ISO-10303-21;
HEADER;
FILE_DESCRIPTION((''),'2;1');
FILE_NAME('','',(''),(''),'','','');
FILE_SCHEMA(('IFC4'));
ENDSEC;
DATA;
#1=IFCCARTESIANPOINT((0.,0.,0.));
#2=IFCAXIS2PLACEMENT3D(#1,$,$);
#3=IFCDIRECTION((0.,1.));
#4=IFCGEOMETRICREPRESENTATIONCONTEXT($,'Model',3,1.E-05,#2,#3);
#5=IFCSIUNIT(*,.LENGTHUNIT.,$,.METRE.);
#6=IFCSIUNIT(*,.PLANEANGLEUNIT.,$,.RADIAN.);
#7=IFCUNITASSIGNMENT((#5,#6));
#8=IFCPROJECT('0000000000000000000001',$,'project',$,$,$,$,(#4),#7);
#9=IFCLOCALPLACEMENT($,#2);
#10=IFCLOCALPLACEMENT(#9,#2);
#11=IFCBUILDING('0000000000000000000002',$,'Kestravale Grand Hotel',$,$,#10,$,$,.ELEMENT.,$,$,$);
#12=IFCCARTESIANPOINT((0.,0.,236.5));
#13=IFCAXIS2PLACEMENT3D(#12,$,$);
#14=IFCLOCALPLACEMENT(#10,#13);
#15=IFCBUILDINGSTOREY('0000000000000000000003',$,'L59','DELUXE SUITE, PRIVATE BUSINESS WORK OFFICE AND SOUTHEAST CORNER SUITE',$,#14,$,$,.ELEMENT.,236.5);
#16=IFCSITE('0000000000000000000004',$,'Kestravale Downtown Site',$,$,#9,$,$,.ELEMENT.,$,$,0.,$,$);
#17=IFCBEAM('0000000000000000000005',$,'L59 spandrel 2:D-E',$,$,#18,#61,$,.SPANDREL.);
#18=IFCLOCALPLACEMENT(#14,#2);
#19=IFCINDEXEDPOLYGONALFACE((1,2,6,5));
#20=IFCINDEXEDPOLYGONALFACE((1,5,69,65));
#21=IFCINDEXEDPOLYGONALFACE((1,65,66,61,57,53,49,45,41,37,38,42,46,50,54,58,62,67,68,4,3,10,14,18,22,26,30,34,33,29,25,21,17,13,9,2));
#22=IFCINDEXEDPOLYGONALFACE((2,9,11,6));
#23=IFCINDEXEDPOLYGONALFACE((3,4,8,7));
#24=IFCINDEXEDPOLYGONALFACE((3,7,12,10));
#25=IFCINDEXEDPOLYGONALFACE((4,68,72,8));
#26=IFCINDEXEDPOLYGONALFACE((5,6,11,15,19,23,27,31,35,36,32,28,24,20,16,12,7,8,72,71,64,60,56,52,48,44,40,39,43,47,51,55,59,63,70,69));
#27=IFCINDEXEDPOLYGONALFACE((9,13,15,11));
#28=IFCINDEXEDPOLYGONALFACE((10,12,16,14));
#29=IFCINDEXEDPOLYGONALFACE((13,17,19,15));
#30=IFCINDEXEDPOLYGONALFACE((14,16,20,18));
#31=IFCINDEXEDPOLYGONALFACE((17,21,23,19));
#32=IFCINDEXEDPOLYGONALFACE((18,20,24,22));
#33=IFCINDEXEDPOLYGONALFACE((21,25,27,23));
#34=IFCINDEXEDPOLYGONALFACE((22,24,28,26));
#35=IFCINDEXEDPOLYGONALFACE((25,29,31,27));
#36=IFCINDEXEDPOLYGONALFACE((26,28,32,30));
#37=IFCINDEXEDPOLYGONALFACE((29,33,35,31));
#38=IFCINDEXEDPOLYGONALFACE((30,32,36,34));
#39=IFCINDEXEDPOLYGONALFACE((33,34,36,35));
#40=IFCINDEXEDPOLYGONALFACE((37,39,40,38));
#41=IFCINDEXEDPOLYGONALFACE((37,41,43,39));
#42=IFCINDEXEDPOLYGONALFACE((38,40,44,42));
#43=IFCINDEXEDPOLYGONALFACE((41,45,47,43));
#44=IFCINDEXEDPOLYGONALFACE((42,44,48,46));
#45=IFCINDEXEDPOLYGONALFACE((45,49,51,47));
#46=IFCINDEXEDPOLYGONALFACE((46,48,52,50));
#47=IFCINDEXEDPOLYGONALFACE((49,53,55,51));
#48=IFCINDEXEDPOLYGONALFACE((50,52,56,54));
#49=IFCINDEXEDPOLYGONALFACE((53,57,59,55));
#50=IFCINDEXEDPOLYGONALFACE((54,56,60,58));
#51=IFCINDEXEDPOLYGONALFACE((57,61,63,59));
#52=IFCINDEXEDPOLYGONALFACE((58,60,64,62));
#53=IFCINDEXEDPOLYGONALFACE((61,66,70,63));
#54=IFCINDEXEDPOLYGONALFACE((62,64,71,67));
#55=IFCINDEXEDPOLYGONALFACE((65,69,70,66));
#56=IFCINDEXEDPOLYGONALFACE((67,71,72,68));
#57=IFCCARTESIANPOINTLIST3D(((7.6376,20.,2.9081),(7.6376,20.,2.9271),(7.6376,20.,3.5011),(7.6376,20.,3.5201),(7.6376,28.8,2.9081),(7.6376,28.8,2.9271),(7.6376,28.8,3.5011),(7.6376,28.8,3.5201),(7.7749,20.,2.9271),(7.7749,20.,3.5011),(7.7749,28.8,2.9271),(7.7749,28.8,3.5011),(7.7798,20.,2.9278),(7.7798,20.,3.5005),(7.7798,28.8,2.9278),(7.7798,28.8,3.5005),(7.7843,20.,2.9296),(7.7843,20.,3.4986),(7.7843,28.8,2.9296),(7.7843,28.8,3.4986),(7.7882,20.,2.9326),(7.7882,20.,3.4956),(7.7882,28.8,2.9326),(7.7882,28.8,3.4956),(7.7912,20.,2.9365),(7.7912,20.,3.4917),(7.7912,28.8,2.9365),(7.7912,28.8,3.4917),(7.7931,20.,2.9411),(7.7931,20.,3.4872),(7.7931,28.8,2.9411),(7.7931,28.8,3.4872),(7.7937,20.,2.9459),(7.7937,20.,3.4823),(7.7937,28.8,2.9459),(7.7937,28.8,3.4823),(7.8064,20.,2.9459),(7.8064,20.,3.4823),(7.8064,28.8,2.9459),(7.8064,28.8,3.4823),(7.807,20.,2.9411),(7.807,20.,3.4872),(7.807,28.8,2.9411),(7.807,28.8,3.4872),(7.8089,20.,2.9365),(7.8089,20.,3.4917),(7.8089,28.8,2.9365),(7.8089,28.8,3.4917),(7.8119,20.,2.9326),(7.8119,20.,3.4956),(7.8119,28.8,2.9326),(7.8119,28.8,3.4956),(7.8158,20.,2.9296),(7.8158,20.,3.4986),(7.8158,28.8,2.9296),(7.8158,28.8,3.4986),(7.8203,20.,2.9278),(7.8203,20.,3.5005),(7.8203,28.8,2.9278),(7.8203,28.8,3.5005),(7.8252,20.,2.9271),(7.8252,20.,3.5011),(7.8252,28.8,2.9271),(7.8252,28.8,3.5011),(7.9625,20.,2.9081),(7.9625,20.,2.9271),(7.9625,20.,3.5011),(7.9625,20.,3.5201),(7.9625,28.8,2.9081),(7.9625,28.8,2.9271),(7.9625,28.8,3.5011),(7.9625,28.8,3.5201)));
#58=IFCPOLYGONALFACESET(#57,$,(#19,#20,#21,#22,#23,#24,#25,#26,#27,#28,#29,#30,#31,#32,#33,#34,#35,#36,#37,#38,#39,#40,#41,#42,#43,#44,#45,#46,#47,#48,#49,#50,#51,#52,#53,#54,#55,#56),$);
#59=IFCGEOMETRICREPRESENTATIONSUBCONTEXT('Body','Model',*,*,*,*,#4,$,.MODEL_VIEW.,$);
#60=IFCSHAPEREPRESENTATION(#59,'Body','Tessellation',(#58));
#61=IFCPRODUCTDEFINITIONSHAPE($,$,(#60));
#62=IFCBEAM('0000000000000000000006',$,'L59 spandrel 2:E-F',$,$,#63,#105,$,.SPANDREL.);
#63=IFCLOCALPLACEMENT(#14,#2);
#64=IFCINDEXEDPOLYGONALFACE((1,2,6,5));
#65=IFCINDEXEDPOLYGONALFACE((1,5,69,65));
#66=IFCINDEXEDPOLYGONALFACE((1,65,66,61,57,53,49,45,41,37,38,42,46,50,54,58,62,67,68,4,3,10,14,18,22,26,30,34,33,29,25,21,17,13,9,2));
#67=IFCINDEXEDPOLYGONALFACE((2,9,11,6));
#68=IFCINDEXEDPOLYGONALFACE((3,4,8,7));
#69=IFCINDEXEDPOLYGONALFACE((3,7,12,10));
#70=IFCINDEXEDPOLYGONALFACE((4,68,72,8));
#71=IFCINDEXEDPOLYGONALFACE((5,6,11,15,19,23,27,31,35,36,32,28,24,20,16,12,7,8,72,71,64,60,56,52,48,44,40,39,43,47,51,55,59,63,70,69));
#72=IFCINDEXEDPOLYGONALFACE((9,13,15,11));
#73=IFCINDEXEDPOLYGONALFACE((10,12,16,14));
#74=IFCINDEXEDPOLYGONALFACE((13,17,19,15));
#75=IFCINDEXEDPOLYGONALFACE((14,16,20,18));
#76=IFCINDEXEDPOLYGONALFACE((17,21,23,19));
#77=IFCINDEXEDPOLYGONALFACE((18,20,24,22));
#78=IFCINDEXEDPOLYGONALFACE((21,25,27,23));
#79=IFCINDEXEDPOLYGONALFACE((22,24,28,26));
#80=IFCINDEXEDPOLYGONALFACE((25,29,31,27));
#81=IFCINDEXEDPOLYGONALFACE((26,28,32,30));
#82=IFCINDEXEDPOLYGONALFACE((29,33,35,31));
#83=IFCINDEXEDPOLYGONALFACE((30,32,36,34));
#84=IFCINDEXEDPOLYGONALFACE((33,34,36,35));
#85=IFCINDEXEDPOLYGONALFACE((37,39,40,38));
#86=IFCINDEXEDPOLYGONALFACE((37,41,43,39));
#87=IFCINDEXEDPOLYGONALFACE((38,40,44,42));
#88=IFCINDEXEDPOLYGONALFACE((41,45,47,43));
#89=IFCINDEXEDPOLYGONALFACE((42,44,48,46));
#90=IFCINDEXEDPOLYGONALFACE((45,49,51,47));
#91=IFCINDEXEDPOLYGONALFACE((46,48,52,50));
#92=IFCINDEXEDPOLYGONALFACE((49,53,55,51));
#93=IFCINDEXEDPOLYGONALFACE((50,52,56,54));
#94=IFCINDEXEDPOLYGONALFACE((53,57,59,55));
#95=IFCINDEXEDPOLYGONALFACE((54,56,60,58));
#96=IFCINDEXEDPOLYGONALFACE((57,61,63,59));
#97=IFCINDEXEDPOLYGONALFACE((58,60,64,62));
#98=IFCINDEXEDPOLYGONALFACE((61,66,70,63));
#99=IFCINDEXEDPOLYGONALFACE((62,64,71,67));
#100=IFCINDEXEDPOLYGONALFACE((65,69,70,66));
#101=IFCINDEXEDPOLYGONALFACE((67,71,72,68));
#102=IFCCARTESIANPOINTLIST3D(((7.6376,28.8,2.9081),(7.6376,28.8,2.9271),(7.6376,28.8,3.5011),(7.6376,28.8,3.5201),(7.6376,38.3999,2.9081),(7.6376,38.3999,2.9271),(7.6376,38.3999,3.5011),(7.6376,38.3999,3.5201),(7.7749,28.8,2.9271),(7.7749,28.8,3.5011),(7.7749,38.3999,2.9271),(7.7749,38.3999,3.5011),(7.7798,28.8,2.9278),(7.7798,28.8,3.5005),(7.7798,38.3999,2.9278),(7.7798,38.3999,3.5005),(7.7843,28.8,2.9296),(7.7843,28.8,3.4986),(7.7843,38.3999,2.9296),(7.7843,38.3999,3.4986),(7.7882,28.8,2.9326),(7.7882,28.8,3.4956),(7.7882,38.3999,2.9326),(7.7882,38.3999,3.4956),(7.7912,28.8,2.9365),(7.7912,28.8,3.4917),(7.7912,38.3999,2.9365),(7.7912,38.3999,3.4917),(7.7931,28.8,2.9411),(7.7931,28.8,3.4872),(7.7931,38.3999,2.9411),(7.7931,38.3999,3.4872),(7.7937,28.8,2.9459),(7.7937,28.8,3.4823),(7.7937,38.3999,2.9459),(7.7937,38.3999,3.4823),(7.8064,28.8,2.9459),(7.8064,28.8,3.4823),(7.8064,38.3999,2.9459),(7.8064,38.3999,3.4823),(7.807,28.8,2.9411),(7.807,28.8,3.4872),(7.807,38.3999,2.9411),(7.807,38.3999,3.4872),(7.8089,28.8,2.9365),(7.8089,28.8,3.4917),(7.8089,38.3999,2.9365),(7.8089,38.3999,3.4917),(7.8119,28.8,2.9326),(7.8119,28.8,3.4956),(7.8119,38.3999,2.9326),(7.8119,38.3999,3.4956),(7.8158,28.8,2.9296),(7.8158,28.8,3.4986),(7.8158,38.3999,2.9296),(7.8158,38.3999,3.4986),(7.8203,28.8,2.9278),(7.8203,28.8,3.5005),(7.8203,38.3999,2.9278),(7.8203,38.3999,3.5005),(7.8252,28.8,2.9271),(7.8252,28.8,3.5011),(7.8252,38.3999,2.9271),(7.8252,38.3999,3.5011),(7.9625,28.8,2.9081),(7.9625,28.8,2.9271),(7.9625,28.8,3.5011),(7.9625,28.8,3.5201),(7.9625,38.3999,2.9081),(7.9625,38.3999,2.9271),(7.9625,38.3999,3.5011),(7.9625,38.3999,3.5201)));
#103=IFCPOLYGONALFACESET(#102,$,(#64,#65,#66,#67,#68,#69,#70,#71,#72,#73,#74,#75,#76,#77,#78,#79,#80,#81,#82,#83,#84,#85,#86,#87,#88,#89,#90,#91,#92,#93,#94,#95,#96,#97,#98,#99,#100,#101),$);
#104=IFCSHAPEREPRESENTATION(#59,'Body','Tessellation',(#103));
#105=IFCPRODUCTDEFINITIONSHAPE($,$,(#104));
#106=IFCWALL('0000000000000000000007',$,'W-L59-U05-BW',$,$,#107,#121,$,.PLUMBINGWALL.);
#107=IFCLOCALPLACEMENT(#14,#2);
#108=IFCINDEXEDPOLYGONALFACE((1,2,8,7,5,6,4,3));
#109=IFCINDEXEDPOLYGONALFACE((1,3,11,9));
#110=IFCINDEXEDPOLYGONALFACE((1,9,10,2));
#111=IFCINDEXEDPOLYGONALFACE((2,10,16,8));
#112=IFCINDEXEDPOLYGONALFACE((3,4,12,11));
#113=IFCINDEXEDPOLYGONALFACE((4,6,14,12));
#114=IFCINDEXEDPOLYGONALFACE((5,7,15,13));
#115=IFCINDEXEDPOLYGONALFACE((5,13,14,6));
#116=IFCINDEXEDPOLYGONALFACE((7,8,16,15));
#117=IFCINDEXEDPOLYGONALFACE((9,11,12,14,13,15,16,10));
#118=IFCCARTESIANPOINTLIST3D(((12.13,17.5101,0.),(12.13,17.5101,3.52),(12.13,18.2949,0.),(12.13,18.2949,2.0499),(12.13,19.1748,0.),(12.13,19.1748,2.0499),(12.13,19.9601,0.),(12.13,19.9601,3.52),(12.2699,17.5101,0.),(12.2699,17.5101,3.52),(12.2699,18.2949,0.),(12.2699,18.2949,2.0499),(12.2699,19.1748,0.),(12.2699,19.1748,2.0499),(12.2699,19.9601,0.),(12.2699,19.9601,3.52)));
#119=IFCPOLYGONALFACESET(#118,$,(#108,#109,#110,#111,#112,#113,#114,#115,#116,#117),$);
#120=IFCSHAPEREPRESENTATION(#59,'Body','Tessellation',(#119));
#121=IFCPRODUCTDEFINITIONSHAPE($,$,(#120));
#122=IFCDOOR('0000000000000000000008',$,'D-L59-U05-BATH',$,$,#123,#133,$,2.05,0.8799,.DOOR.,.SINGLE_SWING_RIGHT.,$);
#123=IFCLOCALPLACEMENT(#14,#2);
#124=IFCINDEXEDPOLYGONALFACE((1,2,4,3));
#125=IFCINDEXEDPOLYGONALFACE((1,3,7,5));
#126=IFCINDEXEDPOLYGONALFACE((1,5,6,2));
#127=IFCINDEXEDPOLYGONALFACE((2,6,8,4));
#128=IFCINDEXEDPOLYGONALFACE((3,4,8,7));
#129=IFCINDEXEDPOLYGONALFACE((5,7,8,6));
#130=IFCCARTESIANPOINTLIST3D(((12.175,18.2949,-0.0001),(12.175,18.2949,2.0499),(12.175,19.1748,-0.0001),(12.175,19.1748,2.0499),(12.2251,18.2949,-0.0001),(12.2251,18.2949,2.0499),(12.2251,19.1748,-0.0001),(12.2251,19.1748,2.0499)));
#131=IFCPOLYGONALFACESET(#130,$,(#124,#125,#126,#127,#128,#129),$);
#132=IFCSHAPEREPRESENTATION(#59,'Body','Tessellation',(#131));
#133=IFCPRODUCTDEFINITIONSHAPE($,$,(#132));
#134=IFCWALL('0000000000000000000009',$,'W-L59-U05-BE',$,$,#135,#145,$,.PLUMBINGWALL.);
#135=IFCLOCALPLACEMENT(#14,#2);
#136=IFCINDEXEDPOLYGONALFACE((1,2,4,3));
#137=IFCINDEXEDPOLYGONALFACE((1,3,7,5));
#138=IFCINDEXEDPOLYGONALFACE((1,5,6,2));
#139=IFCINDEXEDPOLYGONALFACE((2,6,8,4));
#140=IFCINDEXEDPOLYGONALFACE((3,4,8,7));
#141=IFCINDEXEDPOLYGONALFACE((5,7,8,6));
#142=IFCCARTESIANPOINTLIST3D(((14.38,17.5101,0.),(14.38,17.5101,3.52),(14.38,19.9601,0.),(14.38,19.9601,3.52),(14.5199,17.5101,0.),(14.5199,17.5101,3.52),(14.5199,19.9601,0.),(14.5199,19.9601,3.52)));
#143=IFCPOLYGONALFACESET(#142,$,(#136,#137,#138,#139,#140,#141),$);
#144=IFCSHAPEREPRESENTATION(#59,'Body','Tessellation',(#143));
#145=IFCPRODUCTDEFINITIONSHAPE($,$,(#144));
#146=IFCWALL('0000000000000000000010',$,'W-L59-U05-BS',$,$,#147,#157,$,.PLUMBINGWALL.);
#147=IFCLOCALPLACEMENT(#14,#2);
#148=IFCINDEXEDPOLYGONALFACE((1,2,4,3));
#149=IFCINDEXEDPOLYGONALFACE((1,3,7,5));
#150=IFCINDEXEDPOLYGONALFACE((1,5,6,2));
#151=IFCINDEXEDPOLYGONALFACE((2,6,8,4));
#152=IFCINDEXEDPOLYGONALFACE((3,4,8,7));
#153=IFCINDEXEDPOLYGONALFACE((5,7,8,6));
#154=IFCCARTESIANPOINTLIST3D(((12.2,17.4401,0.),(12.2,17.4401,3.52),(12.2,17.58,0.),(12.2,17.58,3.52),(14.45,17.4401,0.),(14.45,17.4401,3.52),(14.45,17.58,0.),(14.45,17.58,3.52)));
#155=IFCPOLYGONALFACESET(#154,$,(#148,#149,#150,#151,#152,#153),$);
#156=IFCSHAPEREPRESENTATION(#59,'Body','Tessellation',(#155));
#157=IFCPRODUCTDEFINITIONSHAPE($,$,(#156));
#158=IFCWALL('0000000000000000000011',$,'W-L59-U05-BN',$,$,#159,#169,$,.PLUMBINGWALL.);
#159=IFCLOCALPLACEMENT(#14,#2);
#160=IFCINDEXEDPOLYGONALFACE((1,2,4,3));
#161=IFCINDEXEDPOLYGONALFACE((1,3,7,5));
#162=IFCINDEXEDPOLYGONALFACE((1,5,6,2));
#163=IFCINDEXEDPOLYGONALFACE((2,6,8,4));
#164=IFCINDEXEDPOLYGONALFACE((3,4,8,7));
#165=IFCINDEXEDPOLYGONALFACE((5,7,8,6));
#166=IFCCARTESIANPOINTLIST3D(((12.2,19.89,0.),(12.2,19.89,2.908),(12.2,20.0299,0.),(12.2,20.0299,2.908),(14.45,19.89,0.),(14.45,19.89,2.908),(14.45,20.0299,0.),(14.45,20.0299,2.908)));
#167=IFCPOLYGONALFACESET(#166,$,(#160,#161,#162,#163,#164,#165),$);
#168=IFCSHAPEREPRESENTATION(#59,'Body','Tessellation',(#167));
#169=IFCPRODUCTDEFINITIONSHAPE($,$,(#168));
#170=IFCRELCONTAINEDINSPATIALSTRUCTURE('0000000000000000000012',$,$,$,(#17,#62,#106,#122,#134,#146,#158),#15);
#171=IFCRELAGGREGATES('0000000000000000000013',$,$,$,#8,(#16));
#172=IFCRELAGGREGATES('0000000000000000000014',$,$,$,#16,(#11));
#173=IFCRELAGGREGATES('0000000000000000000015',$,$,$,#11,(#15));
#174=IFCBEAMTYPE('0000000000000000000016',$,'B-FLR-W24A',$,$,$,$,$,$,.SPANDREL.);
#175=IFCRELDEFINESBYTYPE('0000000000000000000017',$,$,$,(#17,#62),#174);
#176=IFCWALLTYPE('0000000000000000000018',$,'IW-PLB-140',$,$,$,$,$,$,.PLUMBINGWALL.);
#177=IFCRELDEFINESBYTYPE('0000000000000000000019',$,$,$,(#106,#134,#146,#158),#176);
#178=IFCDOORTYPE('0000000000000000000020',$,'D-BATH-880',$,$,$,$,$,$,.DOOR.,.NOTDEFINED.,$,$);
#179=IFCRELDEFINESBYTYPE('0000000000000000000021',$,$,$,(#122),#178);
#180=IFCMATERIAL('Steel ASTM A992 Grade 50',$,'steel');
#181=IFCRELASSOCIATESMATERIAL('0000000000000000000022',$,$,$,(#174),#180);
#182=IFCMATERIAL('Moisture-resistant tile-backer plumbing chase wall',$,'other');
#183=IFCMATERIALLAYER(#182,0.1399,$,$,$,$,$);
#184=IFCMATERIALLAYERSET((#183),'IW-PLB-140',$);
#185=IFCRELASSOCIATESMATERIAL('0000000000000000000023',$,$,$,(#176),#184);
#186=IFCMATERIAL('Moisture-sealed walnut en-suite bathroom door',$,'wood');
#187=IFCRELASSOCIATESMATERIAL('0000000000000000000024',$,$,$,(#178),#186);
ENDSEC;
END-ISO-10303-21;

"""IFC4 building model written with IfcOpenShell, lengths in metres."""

from ifc_helpers import new_model, si_unit, direction, frame, frame_2d, origin, origin_2d, place, context, subcontext, project, spatial, rectangle, i_section, extrude, material, layer, layer_set, material_profile, profile_set, type_object, element, fill, save


model = new_model("IFC4")

# Units and contexts
model_context = context("Model", 3, precision=1e-05, world=origin(), true_north=direction((0.0, 1.0)))
body_context = subcontext(model_context, "Body", "Model", "MODEL_VIEW")
ifc_project = project(units=[si_unit("LENGTHUNIT", "METRE"), si_unit("PLANEANGLEUNIT", "RADIAN")], contexts=[model_context])

# Site, building, storey
site_placement = place(None, origin())
site = spatial("IfcSite", under=ifc_project, at=site_placement, Name="Kestravale Downtown Site", CompositionType="ELEMENT", RefElevation=0.0)
building_placement = place(site_placement, origin())
building = spatial("IfcBuilding", under=site, at=building_placement, Name="Kestravale Grand Hotel", CompositionType="ELEMENT")
storey_placement = place(building_placement, frame((0.0, 0.0, 236.5)))
storey = spatial("IfcBuildingStorey", under=building, at=storey_placement, Name="L59", Description="DELUXE SUITE, PRIVATE BUSINESS WORK OFFICE AND SOUTHEAST CORNER SUITE", CompositionType="ELEMENT", Elevation=236.5)

# Beams
ifc_material_1 = material(Name="Steel ASTM A992 Grade 50", Category="steel")
ifc_material_profile_1 = material_profile(ifc_material_1, i_section(OverallWidth=0.325, OverallDepth=0.6121, WebThickness=0.0127, FlangeThickness=0.019, FilletRadius=0.0188, at=origin_2d()))
ifc_profile_set_1 = profile_set([ifc_material_profile_1], Name="Steel ASTM A992 Grade 50")
beam_type_1 = type_object("IfcBeamType", Name="B-FLR-W24A", PredefinedType="SPANDREL", material=ifc_profile_set_1)
beam_1_placement = place(storey_placement, frame((7.8, 20.0, 3.2141), z_axis=(0.0, 1.0, 0.0), x_axis=(-1.0, 0.0, 0.0)))
element("IfcBeam", 1, at=beam_1_placement, inside=storey, type_object=beam_type_1, Name="L59 spandrel 2:D-E", PredefinedType="SPANDREL", context=body_context, shape_type="SweptSolid", body=[
    extrude(i_section(OverallWidth=0.325, OverallDepth=0.6121, WebThickness=0.0127, FlangeThickness=0.019, FilletRadius=0.0188, at=origin_2d()), origin(), (0.0, 0.0, 1.0), 8.8),
])
beam_2_placement = place(storey_placement, frame((7.8, 28.8, 3.2141), z_axis=(0.0, 1.0, 0.0), x_axis=(-1.0, 0.0, 0.0)))
element("IfcBeam", 2, at=beam_2_placement, inside=storey, type_object=beam_type_1, Name="L59 spandrel 2:E-F", PredefinedType="SPANDREL", context=body_context, shape_type="SweptSolid", body=[
    extrude(i_section(OverallWidth=0.325, OverallDepth=0.6121, WebThickness=0.0127, FlangeThickness=0.019, FilletRadius=0.0188, at=origin_2d()), origin(), (0.0, 0.0, 1.0), 9.5999),
])

# Wall, opening, door
ifc_material_2 = material(Name="Moisture-resistant tile-backer plumbing chase wall", Category="other")
ifc_layer_1 = layer(ifc_material_2, 0.1399)
ifc_layer_set_1 = layer_set([ifc_layer_1], Name="IW-PLB-140")
wall_type_1 = type_object("IfcWallType", Name="IW-PLB-140", PredefinedType="PLUMBINGWALL", material=ifc_layer_set_1)
wall_1_placement = place(storey_placement, frame((12.2, 17.51, 0.0), z_axis=(0.0, 0.0, 1.0), x_axis=(0.0, 1.0, 0.0)))
wall_1 = element("IfcWall", 3, at=wall_1_placement, inside=storey, type_object=wall_type_1, Name="W-L59-U05-BW", PredefinedType="PLUMBINGWALL", context=body_context, shape_type="SweptSolid", body=[
    extrude(rectangle(XDim=2.45, YDim=0.1399, at=frame_2d((1.2251, 0.0))), origin(), (0.0, 0.0, 1.0), 3.52),
])
opening_1_placement = place(wall_1_placement, frame((0.7849, 0.0, 0.0)))
opening_1 = element("IfcOpeningElement", 4, at=opening_1_placement, cuts=wall_1, PredefinedType="OPENING", context=body_context, shape_type="SweptSolid", body=[
    extrude(rectangle(XDim=0.8799, YDim=2.05, at=frame_2d((0.4399, 1.0249))), frame((0.0, 0.0798, 0.0), z_axis=(0.0, -1.0, 0.0), x_axis=(1.0, 0.0, 0.0)), (0.0, 0.0, 1.0), 0.1599),
])
ifc_material_3 = material(Name="Moisture-sealed walnut en-suite bathroom door", Category="wood")
door_type = type_object("IfcDoorType", Name="D-BATH-880", OperationType="NOTDEFINED", PredefinedType="DOOR", material=ifc_material_3)
door_1_placement = place(opening_1_placement, origin())
door_1 = element("IfcDoor", 5, at=door_1_placement, inside=storey, type_object=door_type, Name="D-L59-U05-BATH", OperationType="SINGLE_SWING_RIGHT", OverallHeight=2.05, OverallWidth=0.8799, PredefinedType="DOOR", context=body_context, shape_type="SweptSolid", body=[
    extrude(rectangle(XDim=0.8799, YDim=2.05, at=frame_2d((0.4399, 1.0249))), frame((0.0, 0.0249, 0.0), z_axis=(0.0, -1.0, 0.0), x_axis=(1.0, 0.0, 0.0)), (0.0, 0.0, 1.0), 0.05),
])
fill(opening_1, door_1)

# Walls
wall_2_placement = place(storey_placement, frame((14.45, 17.51, 0.0), z_axis=(0.0, 0.0, 1.0), x_axis=(0.0, 1.0, 0.0)))
element("IfcWall", 6, at=wall_2_placement, inside=storey, type_object=wall_type_1, Name="W-L59-U05-BE", PredefinedType="PLUMBINGWALL", context=body_context, shape_type="SweptSolid", body=[
    extrude(rectangle(XDim=2.45, YDim=0.1399, at=frame_2d((1.2251, 0.0))), origin(), (0.0, 0.0, 1.0), 3.52),
])
wall_3_placement = place(storey_placement, frame((12.2, 17.51, 0.0), z_axis=(0.0, 0.0, 1.0), x_axis=(1.0, 0.0, 0.0)))
element("IfcWall", 7, at=wall_3_placement, inside=storey, type_object=wall_type_1, Name="W-L59-U05-BS", PredefinedType="PLUMBINGWALL", context=body_context, shape_type="SweptSolid", body=[
    extrude(rectangle(XDim=2.25, YDim=0.1399, at=frame_2d((1.125, 0.0))), origin(), (0.0, 0.0, 1.0), 3.52),
])
wall_4_placement = place(storey_placement, frame((12.2, 19.96, 0.0), z_axis=(0.0, 0.0, 1.0), x_axis=(1.0, 0.0, 0.0)))
element("IfcWall", 8, at=wall_4_placement, inside=storey, type_object=wall_type_1, Name="W-L59-U05-BN", PredefinedType="PLUMBINGWALL", context=body_context, shape_type="SweptSolid", body=[
    extrude(rectangle(XDim=2.25, YDim=0.1399, at=frame_2d((1.125, 0.0))), origin(), (0.0, 0.0, 1.0), 2.908),
])

save(model, "model.ifc")
